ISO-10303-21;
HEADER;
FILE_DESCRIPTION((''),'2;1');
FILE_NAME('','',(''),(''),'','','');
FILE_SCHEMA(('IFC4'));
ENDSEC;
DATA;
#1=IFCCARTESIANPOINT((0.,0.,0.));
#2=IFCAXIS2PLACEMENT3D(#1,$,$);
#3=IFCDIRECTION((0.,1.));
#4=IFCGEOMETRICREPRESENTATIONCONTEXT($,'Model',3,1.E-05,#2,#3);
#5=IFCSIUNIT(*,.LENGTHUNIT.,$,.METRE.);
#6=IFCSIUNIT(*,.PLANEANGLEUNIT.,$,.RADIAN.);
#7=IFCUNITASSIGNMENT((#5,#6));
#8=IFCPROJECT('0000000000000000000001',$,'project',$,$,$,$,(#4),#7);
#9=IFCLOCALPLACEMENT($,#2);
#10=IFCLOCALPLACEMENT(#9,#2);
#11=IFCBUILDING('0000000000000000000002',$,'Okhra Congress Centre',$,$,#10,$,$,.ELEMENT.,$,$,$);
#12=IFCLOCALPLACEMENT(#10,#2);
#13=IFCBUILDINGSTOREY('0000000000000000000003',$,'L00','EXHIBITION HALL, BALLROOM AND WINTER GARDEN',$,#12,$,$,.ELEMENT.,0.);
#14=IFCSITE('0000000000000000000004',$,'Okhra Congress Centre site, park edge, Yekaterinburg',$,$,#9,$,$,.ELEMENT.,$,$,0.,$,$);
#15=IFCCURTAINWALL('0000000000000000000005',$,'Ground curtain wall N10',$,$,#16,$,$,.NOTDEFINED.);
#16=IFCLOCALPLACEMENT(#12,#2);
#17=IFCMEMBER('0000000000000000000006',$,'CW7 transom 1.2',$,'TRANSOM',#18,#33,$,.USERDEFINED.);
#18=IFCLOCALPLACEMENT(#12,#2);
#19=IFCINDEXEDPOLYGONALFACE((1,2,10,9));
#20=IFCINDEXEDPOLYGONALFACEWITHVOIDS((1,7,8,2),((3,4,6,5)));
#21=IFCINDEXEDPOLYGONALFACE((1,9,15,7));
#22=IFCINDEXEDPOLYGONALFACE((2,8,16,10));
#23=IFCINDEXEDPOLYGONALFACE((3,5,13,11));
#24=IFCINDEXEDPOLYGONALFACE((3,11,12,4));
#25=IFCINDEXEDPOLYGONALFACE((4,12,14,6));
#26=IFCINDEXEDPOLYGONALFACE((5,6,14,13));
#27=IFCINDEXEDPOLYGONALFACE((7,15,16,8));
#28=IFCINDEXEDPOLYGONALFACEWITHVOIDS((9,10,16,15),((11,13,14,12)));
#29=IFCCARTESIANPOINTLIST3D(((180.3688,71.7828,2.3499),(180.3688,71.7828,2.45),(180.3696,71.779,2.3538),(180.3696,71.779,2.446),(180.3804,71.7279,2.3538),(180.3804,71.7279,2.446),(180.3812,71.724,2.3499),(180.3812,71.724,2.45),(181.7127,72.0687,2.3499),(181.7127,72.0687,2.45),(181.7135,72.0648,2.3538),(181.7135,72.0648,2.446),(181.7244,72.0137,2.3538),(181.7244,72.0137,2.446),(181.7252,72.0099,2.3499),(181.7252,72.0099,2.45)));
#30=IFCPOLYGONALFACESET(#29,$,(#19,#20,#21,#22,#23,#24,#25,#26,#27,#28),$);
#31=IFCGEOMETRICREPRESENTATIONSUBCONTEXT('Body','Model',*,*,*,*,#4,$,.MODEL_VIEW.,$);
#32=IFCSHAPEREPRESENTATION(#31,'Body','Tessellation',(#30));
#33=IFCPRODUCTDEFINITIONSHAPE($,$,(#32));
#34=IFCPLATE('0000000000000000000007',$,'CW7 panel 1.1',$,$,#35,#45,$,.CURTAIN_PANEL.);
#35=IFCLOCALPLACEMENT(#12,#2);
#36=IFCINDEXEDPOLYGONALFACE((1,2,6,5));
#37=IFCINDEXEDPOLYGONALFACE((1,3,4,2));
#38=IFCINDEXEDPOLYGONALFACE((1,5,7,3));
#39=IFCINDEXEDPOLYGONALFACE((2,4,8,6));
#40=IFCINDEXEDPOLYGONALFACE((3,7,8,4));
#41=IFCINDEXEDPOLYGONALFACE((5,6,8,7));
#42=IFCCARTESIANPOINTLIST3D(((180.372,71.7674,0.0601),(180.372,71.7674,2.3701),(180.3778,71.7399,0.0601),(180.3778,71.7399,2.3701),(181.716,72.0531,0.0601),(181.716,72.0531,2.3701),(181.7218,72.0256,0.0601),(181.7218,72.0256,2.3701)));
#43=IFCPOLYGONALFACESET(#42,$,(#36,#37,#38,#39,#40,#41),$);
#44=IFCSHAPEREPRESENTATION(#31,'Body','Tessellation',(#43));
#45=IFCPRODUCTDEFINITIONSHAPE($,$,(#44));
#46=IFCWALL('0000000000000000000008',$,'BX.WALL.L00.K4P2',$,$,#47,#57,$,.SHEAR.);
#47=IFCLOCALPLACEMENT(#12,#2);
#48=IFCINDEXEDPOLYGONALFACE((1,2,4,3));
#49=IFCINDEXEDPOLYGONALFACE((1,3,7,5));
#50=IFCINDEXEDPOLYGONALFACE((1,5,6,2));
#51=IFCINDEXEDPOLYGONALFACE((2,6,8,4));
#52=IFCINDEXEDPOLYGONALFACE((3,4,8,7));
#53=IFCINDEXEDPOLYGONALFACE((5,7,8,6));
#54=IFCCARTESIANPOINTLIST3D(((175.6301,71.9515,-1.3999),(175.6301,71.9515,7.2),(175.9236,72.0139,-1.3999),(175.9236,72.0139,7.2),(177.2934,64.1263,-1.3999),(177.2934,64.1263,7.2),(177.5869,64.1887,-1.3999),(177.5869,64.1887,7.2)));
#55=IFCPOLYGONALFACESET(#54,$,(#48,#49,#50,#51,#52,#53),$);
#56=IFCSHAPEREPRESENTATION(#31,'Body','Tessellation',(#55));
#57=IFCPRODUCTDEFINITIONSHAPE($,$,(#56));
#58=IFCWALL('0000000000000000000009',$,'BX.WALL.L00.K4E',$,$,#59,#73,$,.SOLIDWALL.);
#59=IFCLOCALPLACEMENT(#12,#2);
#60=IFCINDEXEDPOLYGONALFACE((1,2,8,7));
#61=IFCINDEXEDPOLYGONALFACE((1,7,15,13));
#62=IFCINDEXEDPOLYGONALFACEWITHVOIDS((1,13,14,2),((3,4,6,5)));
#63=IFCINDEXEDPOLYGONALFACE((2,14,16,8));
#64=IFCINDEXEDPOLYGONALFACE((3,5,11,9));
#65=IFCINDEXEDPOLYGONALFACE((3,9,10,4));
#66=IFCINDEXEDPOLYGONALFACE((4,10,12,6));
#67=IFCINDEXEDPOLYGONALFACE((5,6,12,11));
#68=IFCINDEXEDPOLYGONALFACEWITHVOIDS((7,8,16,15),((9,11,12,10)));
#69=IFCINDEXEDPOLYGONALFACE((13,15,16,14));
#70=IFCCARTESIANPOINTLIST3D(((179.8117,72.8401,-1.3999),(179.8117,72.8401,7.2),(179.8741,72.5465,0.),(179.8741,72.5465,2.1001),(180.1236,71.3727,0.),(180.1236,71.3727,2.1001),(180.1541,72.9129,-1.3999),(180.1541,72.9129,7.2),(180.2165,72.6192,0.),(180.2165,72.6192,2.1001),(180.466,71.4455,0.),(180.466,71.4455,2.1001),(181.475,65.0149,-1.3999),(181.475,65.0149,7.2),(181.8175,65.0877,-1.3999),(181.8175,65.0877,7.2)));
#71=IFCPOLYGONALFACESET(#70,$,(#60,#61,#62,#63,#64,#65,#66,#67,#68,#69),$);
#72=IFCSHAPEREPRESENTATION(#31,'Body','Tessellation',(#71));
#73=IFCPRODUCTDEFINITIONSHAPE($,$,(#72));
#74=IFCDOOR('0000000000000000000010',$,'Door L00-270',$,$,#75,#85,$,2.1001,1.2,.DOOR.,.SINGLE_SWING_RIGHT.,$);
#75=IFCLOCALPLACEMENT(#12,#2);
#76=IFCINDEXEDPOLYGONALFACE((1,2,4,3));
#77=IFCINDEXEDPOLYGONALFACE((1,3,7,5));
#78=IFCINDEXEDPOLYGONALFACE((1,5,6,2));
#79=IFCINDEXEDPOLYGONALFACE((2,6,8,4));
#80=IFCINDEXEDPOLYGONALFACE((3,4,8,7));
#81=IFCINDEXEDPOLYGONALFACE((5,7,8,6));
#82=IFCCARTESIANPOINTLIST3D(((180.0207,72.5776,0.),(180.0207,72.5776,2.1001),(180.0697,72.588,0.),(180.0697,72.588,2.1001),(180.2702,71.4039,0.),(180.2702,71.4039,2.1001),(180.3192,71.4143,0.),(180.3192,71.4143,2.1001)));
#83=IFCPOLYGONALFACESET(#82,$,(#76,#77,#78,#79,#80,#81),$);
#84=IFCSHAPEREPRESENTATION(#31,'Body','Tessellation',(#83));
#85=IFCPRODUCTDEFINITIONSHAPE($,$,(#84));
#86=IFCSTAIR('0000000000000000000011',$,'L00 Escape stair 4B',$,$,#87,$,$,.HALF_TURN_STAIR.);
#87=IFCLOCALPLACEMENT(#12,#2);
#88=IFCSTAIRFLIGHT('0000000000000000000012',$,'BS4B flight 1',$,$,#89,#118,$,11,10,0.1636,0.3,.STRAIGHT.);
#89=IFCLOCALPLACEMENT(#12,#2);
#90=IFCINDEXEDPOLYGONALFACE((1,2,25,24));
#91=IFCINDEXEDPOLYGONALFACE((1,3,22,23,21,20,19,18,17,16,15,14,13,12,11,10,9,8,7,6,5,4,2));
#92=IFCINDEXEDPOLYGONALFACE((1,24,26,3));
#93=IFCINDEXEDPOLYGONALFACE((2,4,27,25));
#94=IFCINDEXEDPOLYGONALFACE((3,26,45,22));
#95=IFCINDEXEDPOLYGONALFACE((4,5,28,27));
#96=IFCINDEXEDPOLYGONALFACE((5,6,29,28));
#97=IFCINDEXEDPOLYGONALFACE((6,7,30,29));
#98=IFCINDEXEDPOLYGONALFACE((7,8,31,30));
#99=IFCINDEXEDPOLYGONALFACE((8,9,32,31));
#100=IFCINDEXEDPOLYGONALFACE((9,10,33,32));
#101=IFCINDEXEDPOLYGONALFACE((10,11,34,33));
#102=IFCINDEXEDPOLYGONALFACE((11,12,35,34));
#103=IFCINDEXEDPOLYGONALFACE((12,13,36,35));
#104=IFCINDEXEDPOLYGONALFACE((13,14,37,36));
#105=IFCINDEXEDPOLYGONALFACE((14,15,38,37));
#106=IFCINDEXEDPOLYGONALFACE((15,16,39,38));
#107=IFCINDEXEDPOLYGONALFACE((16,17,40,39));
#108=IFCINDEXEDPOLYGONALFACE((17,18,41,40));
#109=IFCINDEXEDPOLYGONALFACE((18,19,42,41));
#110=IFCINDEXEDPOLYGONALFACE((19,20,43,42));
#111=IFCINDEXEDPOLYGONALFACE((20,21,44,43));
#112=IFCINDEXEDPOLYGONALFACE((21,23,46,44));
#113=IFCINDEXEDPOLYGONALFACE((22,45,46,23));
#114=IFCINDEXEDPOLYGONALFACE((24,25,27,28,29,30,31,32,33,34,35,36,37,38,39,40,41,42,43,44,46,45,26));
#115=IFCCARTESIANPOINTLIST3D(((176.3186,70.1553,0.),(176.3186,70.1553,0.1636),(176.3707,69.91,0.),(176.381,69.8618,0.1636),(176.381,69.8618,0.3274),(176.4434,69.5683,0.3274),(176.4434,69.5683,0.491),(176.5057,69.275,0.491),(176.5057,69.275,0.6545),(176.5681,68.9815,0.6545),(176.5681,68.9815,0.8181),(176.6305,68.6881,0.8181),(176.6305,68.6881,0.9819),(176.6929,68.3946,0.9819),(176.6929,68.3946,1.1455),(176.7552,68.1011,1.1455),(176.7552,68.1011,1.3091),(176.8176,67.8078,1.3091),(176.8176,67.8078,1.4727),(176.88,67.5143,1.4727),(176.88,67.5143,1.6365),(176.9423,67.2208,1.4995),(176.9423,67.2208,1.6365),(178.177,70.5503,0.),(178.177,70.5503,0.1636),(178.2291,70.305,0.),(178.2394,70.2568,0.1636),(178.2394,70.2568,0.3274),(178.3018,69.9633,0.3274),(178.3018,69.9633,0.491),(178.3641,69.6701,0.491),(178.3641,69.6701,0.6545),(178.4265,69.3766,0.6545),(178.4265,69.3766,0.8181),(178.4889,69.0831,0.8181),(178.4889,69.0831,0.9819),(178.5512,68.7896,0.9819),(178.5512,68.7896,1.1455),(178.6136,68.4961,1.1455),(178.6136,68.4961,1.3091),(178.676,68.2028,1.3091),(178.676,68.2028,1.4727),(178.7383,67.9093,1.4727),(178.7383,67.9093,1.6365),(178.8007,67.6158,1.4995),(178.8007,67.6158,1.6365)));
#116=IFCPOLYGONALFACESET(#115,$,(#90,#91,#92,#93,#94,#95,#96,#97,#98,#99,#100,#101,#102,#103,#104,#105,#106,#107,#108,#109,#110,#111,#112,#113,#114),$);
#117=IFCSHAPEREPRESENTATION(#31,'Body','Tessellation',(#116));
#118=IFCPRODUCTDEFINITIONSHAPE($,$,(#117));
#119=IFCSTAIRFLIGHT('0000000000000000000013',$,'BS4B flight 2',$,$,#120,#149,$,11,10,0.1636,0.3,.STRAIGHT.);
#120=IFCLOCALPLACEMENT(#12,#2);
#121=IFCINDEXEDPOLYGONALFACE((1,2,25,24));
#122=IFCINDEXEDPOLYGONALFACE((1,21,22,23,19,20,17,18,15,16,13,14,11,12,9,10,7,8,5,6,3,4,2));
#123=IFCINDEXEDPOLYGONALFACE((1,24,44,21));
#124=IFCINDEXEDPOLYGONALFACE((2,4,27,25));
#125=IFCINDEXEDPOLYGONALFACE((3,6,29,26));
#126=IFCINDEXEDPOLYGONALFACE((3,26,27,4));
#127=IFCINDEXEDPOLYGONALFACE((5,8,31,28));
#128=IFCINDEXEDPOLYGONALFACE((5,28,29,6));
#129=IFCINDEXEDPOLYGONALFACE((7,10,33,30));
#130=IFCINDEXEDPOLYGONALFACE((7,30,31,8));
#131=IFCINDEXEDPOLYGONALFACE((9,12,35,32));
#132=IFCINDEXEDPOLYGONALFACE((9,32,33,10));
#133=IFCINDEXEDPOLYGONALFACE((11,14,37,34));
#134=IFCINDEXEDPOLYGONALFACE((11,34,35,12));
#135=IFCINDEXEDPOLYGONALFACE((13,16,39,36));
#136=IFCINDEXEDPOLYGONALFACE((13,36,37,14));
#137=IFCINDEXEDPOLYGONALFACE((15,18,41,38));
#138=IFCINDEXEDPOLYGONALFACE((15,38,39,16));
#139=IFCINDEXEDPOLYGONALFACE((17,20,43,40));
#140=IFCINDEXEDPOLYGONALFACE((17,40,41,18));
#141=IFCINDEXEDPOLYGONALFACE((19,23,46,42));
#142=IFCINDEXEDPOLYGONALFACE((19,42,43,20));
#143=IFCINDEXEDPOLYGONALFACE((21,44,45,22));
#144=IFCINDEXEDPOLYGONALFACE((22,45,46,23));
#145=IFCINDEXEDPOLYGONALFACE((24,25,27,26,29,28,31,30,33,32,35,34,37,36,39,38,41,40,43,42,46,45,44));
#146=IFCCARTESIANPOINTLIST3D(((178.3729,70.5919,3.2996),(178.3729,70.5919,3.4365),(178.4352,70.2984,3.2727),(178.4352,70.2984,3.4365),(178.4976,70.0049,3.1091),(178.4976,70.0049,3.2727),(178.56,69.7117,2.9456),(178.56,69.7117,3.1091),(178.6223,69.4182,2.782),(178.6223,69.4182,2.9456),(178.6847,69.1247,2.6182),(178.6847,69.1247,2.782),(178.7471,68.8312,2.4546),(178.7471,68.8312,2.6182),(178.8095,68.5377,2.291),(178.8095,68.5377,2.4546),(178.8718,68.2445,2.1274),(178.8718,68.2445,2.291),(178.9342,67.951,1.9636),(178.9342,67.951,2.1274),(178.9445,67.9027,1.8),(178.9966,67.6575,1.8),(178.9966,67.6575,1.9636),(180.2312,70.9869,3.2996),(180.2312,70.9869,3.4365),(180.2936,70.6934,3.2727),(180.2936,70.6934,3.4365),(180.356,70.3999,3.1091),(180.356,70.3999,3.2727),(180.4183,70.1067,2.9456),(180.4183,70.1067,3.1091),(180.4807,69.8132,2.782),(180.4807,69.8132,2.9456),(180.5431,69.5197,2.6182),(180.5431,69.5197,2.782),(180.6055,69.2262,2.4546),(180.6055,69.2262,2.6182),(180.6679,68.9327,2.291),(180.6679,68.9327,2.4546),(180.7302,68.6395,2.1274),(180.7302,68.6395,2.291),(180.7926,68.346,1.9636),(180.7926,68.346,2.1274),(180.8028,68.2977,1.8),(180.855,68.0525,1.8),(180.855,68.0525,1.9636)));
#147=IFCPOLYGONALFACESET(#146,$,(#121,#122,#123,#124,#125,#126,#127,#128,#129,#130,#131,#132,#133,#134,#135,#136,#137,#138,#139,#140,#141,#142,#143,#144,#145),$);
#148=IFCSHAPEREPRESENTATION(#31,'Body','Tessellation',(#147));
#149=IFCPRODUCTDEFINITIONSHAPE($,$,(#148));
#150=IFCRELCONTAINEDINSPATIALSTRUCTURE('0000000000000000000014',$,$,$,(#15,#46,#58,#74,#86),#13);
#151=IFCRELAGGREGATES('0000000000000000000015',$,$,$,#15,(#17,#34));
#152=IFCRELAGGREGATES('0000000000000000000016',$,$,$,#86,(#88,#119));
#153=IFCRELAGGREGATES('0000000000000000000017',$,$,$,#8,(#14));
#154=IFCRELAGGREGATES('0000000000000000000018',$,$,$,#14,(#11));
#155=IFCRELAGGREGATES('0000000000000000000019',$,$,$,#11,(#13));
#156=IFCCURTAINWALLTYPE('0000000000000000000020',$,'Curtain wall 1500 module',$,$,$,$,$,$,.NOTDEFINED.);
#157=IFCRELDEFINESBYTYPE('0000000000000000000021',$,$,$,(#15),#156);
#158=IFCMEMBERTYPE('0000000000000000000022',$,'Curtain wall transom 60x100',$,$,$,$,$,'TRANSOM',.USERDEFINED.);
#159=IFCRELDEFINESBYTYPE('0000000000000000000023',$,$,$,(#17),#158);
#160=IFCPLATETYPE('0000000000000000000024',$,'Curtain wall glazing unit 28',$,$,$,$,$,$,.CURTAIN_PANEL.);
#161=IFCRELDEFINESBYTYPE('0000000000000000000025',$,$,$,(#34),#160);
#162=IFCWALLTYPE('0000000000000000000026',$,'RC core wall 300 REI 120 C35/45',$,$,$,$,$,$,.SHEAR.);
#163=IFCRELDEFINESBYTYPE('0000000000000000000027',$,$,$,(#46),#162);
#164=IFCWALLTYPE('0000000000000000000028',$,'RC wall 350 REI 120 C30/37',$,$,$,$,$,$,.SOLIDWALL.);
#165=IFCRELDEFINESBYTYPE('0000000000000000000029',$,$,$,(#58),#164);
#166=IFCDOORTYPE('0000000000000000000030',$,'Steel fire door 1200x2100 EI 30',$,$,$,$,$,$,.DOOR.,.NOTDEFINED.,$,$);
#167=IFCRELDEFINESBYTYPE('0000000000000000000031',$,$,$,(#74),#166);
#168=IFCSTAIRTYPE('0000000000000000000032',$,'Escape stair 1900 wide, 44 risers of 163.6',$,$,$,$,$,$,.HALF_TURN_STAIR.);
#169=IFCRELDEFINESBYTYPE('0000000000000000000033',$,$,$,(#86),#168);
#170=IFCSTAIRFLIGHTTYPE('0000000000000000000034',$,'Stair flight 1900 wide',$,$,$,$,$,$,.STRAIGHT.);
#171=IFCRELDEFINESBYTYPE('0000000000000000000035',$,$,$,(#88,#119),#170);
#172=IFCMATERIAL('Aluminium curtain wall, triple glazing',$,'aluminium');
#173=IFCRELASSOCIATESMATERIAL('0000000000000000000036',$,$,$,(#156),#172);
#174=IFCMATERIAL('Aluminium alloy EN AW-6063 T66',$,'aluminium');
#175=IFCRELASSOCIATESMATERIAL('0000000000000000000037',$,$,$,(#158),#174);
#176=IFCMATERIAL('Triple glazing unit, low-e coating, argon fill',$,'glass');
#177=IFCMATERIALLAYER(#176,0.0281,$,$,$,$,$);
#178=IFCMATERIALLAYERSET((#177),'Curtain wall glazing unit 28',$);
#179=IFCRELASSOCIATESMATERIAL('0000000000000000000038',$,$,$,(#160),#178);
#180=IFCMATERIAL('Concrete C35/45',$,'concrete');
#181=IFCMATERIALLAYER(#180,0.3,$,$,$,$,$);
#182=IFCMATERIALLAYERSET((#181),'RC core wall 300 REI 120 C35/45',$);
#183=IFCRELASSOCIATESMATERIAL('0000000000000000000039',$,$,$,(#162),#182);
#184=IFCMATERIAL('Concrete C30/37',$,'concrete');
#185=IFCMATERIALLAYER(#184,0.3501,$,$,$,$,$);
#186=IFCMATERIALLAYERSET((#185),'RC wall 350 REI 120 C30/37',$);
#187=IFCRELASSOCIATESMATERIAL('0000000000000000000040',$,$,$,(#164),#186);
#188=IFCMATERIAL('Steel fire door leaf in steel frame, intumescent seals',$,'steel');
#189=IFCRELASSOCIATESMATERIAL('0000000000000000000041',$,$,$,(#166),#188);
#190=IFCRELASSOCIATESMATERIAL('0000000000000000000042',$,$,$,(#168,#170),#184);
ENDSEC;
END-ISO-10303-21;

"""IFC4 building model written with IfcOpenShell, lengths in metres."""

from ifc_helpers import new_model, si_unit, direction, frame, frame_2d, origin, origin_2d, place, context, subcontext, project, spatial, polyline, rectangle, hollow_rectangle, outline, extrude, material, layer, layer_set, material_profile, profile_set, type_object, element, fill, aggregate, save


model = new_model("IFC4")

# Units and contexts
model_context = context("Model", 3, precision=1e-05, world=origin(), true_north=direction((0.0, 1.0)))
body_context = subcontext(model_context, "Body", "Model", "MODEL_VIEW")
ifc_project = project(units=[si_unit("LENGTHUNIT", "METRE"), si_unit("PLANEANGLEUNIT", "RADIAN")], contexts=[model_context])

# Site, building, storey
site_placement = place(None, origin())
site = spatial("IfcSite", under=ifc_project, at=site_placement, Name="Okhra Congress Centre site, park edge, Yekaterinburg", CompositionType="ELEMENT", RefElevation=0.0)
building_placement = place(site_placement, origin())
building = spatial("IfcBuilding", under=site, at=building_placement, Name="Okhra Congress Centre", CompositionType="ELEMENT")
storey_placement = place(building_placement, origin())
storey = spatial("IfcBuildingStorey", under=building, at=storey_placement, Name="L00", Description="EXHIBITION HALL, BALLROOM AND WINTER GARDEN", CompositionType="ELEMENT", Elevation=0.0)

# Shared definitions
ifc_material_1 = material(Name="Concrete C30/37", Category="concrete")

# Shared definitions
ifc_material_2 = material(Name="Concrete C35/45", Category="concrete")

# Curtain wall, member, plate
ifc_material_3 = material(Name="Aluminium curtain wall, triple glazing", Category="aluminium")
curtain_wall_type = type_object("IfcCurtainWallType", Name="Curtain wall 1500 module", PredefinedType="NOTDEFINED", material=ifc_material_3)
curtain_wall_placement = place(storey_placement, origin())
curtain_wall = element("IfcCurtainWall", 1, at=curtain_wall_placement, inside=storey, type_object=curtain_wall_type, Name="Ground curtain wall N10", PredefinedType="NOTDEFINED")
ifc_material_4 = material(Name="Aluminium alloy EN AW-6063 T66", Category="aluminium")
ifc_material_profile_1 = material_profile(ifc_material_4, hollow_rectangle(XDim=0.0601, YDim=0.1001, WallThickness=0.0039, at=origin_2d()), Name="RHS 60x100x4")
ifc_profile_set_1 = profile_set([ifc_material_profile_1], Name="Aluminium alloy EN AW-6063 T66")
member_type_1 = type_object("IfcMemberType", Name="Curtain wall transom 60x100", ElementType="TRANSOM", PredefinedType="USERDEFINED", material=ifc_profile_set_1)
member_1_placement = place(storey_placement, frame((180.375, 71.7534, 2.3999), z_axis=(0.978116, 0.208061, 0.0), x_axis=(-0.208061, 0.978116, 0.0)))
member_1 = element("IfcMember", 2, at=member_1_placement, type_object=member_type_1, Name="CW7 transom 1.2", ObjectType="TRANSOM", PredefinedType="USERDEFINED", context=body_context, shape_type="SweptSolid", body=[
    extrude(hollow_rectangle(XDim=0.0601, YDim=0.1001, WallThickness=0.0039, at=origin_2d()), origin(), (0.0, 0.0, 1.0), 1.374),
])
ifc_material_5 = material(Name="Triple glazing unit, low-e coating, argon fill", Category="glass")
ifc_layer_1 = layer(ifc_material_5, 0.0281)
ifc_layer_set_1 = layer_set([ifc_layer_1], Name="Curtain wall glazing unit 28")
plate_type = type_object("IfcPlateType", Name="Curtain wall glazing unit 28", PredefinedType="CURTAIN_PANEL", material=ifc_layer_set_1)
plate_placement = place(storey_placement, frame((181.0469, 71.8965, 0.0601), z_axis=(0.0, 0.0, 1.0), x_axis=(0.978148, 0.207912, 0.0)))
plate = element("IfcPlate", 3, at=plate_placement, type_object=plate_type, Name="CW7 panel 1.1", PredefinedType="CURTAIN_PANEL", context=body_context, shape_type="SweptSolid", body=[
    extrude(rectangle(XDim=1.374, YDim=0.0281, at=origin_2d()), origin(), (0.0, 0.0, 1.0), 2.3101),
])
aggregate(curtain_wall, [member_1, plate])

# Wall
ifc_layer_2 = layer(ifc_material_2, 0.3)
ifc_layer_set_2 = layer_set([ifc_layer_2], Name="RC core wall 300 REI 120 C35/45")
wall_type_1 = type_object("IfcWallType", Name="RC core wall 300 REI 120 C35/45", PredefinedType="SHEAR", material=ifc_layer_set_2)
wall_1_placement = place(storey_placement, frame((175.7769, 71.9827, -1.3999), z_axis=(0.0, 0.0, 1.0), x_axis=(0.207916, -0.978147, 0.0)))
element("IfcWall", 4, at=wall_1_placement, inside=storey, type_object=wall_type_1, Name="BX.WALL.L00.K4P2", PredefinedType="SHEAR", context=body_context, shape_type="SweptSolid", body=[
    extrude(rectangle(XDim=8.0, YDim=0.3, at=frame_2d((4.0, 0.0))), origin(), (0.0, 0.0, 1.0), 8.5999),
])

# Wall, opening, door
ifc_layer_3 = layer(ifc_material_1, 0.3501)
ifc_layer_set_3 = layer_set([ifc_layer_3], Name="RC wall 350 REI 120 C30/37")
wall_type_2 = type_object("IfcWallType", Name="RC wall 350 REI 120 C30/37", PredefinedType="SOLIDWALL", material=ifc_layer_set_3)
wall_2_placement = place(storey_placement, frame((179.9829, 72.8765, -1.3999), z_axis=(0.0, 0.0, 1.0), x_axis=(0.207916, -0.978147, 0.0)))
wall_2 = element("IfcWall", 5, at=wall_2_placement, inside=storey, type_object=wall_type_2, Name="BX.WALL.L00.K4E", PredefinedType="SOLIDWALL", context=body_context, shape_type="SweptSolid", body=[
    extrude(rectangle(XDim=8.0, YDim=0.3501, at=frame_2d((4.0, 0.0))), origin(), (0.0, 0.0, 1.0), 8.5999),
])
opening_placement = place(wall_2_placement, frame((0.3, 0.0, 1.3999)))
opening = element("IfcOpeningElement", 6, at=opening_placement, cuts=wall_2, PredefinedType="OPENING", context=body_context, shape_type="SweptSolid", body=[
    extrude(rectangle(XDim=1.2, YDim=2.1001, at=frame_2d((0.6001, 1.05))), frame((0.0, 0.1851, 0.0), z_axis=(0.0, -1.0, 0.0), x_axis=(1.0, 0.0, 0.0)), (0.0, 0.0, 1.0), 0.3701),
])
ifc_material_6 = material(Name="Steel fire door leaf in steel frame, intumescent seals", Category="steel")
door_type = type_object("IfcDoorType", Name="Steel fire door 1200x2100 EI 30", OperationType="NOTDEFINED", PredefinedType="DOOR", material=ifc_material_6)
door_placement = place(opening_placement, origin())
door = element("IfcDoor", 7, at=door_placement, inside=storey, type_object=door_type, Name="Door L00-270", OperationType="SINGLE_SWING_RIGHT", OverallHeight=2.1001, OverallWidth=1.2, PredefinedType="DOOR", context=body_context, shape_type="SweptSolid", body=[
    extrude(rectangle(XDim=1.2, YDim=2.1001, at=frame_2d((0.6001, 1.05))), frame((0.0, 0.0249, 0.0), z_axis=(0.0, -1.0, 0.0), x_axis=(1.0, 0.0, 0.0)), (0.0, 0.0, 1.0), 0.05),
])
fill(opening, door)

# Stair, stair flights
stair_type = type_object("IfcStairType", Name="Escape stair 1900 wide, 44 risers of 163.6", PredefinedType="HALF_TURN_STAIR", material=ifc_material_1)
stair_placement = place(storey_placement, origin())
stair = element("IfcStair", 8, at=stair_placement, inside=storey, type_object=stair_type, Name="L00 Escape stair 4B", PredefinedType="HALF_TURN_STAIR")
stair_flight_type = type_object("IfcStairFlightType", Name="Stair flight 1900 wide", PredefinedType="STRAIGHT", material=ifc_material_1)
stair_flight_1_placement = place(storey_placement, frame((177.2478, 70.3528, 0.0), z_axis=(0.0, 0.0, 1.0), x_axis=(0.207912, -0.978148, 0.0)))
stair_flight_1 = element("IfcStairFlight", 9, at=stair_flight_1_placement, type_object=stair_flight_type, Name="BS4B flight 1", NumberOfRisers=11, NumberOfTreads=10, PredefinedType="STRAIGHT", RiserHeight=0.1636, TreadLength=0.3, context=body_context, shape_type="SweptSolid", body=[
    extrude(outline(polyline([(0.0, 0.0), (0.0, 0.1636), (0.3, 0.1636), (0.3, 0.3274), (0.6001, 0.3274), (0.6001, 0.491), (0.8999, 0.491), (0.8999, 0.6545), (1.2, 0.6545), (1.2, 0.8181), (1.5, 0.8181), (1.5, 0.9819), (1.8, 0.9819), (1.8, 1.1455), (2.1001, 1.1455), (2.1001, 1.3091), (2.3999, 1.3091), (2.3999, 1.4727), (2.7, 1.4727), (2.7, 1.6365), (3.0, 1.6365), (3.0, 1.8), (3.0, 1.4995), (0.2507, 0.0), (0.0, 0.0)])), frame((0.0, 0.95, 0.0), z_axis=(0.0, -1.0, 0.0), x_axis=(1.0, 0.0, 0.0)), (0.0, 0.0, 1.0), 1.8999),
])
stair_flight_2_placement = place(storey_placement, frame((179.9258, 67.855, 1.8), z_axis=(0.0, 0.0, 1.0), x_axis=(-0.207912, 0.978148, 0.0)))
stair_flight_2 = element("IfcStairFlight", 10, at=stair_flight_2_placement, type_object=stair_flight_type, Name="BS4B flight 2", NumberOfRisers=11, NumberOfTreads=10, PredefinedType="STRAIGHT", RiserHeight=0.1636, TreadLength=0.3, context=body_context, shape_type="SweptSolid", body=[
    extrude(outline(polyline([(0.0, 0.0), (0.0, 0.1636), (0.3, 0.1636), (0.3, 0.3274), (0.6001, 0.3274), (0.6001, 0.491), (0.8999, 0.491), (0.8999, 0.6545), (1.2, 0.6545), (1.2, 0.8181), (1.5, 0.8181), (1.5, 0.9819), (1.8, 0.9819), (1.8, 1.1455), (2.1001, 1.1455), (2.1001, 1.3091), (2.3999, 1.3091), (2.3999, 1.4727), (2.7, 1.4727), (2.7, 1.6365), (3.0, 1.6365), (3.0, 1.8), (3.0, 1.4995), (0.2507, 0.0), (0.0, 0.0)])), frame((0.0, 0.95, 0.0), z_axis=(0.0, -1.0, 0.0), x_axis=(1.0, 0.0, 0.0)), (0.0, 0.0, 1.0), 1.8999),
])
aggregate(stair, [stair_flight_1, stair_flight_2])

save(model, "model.ifc")
